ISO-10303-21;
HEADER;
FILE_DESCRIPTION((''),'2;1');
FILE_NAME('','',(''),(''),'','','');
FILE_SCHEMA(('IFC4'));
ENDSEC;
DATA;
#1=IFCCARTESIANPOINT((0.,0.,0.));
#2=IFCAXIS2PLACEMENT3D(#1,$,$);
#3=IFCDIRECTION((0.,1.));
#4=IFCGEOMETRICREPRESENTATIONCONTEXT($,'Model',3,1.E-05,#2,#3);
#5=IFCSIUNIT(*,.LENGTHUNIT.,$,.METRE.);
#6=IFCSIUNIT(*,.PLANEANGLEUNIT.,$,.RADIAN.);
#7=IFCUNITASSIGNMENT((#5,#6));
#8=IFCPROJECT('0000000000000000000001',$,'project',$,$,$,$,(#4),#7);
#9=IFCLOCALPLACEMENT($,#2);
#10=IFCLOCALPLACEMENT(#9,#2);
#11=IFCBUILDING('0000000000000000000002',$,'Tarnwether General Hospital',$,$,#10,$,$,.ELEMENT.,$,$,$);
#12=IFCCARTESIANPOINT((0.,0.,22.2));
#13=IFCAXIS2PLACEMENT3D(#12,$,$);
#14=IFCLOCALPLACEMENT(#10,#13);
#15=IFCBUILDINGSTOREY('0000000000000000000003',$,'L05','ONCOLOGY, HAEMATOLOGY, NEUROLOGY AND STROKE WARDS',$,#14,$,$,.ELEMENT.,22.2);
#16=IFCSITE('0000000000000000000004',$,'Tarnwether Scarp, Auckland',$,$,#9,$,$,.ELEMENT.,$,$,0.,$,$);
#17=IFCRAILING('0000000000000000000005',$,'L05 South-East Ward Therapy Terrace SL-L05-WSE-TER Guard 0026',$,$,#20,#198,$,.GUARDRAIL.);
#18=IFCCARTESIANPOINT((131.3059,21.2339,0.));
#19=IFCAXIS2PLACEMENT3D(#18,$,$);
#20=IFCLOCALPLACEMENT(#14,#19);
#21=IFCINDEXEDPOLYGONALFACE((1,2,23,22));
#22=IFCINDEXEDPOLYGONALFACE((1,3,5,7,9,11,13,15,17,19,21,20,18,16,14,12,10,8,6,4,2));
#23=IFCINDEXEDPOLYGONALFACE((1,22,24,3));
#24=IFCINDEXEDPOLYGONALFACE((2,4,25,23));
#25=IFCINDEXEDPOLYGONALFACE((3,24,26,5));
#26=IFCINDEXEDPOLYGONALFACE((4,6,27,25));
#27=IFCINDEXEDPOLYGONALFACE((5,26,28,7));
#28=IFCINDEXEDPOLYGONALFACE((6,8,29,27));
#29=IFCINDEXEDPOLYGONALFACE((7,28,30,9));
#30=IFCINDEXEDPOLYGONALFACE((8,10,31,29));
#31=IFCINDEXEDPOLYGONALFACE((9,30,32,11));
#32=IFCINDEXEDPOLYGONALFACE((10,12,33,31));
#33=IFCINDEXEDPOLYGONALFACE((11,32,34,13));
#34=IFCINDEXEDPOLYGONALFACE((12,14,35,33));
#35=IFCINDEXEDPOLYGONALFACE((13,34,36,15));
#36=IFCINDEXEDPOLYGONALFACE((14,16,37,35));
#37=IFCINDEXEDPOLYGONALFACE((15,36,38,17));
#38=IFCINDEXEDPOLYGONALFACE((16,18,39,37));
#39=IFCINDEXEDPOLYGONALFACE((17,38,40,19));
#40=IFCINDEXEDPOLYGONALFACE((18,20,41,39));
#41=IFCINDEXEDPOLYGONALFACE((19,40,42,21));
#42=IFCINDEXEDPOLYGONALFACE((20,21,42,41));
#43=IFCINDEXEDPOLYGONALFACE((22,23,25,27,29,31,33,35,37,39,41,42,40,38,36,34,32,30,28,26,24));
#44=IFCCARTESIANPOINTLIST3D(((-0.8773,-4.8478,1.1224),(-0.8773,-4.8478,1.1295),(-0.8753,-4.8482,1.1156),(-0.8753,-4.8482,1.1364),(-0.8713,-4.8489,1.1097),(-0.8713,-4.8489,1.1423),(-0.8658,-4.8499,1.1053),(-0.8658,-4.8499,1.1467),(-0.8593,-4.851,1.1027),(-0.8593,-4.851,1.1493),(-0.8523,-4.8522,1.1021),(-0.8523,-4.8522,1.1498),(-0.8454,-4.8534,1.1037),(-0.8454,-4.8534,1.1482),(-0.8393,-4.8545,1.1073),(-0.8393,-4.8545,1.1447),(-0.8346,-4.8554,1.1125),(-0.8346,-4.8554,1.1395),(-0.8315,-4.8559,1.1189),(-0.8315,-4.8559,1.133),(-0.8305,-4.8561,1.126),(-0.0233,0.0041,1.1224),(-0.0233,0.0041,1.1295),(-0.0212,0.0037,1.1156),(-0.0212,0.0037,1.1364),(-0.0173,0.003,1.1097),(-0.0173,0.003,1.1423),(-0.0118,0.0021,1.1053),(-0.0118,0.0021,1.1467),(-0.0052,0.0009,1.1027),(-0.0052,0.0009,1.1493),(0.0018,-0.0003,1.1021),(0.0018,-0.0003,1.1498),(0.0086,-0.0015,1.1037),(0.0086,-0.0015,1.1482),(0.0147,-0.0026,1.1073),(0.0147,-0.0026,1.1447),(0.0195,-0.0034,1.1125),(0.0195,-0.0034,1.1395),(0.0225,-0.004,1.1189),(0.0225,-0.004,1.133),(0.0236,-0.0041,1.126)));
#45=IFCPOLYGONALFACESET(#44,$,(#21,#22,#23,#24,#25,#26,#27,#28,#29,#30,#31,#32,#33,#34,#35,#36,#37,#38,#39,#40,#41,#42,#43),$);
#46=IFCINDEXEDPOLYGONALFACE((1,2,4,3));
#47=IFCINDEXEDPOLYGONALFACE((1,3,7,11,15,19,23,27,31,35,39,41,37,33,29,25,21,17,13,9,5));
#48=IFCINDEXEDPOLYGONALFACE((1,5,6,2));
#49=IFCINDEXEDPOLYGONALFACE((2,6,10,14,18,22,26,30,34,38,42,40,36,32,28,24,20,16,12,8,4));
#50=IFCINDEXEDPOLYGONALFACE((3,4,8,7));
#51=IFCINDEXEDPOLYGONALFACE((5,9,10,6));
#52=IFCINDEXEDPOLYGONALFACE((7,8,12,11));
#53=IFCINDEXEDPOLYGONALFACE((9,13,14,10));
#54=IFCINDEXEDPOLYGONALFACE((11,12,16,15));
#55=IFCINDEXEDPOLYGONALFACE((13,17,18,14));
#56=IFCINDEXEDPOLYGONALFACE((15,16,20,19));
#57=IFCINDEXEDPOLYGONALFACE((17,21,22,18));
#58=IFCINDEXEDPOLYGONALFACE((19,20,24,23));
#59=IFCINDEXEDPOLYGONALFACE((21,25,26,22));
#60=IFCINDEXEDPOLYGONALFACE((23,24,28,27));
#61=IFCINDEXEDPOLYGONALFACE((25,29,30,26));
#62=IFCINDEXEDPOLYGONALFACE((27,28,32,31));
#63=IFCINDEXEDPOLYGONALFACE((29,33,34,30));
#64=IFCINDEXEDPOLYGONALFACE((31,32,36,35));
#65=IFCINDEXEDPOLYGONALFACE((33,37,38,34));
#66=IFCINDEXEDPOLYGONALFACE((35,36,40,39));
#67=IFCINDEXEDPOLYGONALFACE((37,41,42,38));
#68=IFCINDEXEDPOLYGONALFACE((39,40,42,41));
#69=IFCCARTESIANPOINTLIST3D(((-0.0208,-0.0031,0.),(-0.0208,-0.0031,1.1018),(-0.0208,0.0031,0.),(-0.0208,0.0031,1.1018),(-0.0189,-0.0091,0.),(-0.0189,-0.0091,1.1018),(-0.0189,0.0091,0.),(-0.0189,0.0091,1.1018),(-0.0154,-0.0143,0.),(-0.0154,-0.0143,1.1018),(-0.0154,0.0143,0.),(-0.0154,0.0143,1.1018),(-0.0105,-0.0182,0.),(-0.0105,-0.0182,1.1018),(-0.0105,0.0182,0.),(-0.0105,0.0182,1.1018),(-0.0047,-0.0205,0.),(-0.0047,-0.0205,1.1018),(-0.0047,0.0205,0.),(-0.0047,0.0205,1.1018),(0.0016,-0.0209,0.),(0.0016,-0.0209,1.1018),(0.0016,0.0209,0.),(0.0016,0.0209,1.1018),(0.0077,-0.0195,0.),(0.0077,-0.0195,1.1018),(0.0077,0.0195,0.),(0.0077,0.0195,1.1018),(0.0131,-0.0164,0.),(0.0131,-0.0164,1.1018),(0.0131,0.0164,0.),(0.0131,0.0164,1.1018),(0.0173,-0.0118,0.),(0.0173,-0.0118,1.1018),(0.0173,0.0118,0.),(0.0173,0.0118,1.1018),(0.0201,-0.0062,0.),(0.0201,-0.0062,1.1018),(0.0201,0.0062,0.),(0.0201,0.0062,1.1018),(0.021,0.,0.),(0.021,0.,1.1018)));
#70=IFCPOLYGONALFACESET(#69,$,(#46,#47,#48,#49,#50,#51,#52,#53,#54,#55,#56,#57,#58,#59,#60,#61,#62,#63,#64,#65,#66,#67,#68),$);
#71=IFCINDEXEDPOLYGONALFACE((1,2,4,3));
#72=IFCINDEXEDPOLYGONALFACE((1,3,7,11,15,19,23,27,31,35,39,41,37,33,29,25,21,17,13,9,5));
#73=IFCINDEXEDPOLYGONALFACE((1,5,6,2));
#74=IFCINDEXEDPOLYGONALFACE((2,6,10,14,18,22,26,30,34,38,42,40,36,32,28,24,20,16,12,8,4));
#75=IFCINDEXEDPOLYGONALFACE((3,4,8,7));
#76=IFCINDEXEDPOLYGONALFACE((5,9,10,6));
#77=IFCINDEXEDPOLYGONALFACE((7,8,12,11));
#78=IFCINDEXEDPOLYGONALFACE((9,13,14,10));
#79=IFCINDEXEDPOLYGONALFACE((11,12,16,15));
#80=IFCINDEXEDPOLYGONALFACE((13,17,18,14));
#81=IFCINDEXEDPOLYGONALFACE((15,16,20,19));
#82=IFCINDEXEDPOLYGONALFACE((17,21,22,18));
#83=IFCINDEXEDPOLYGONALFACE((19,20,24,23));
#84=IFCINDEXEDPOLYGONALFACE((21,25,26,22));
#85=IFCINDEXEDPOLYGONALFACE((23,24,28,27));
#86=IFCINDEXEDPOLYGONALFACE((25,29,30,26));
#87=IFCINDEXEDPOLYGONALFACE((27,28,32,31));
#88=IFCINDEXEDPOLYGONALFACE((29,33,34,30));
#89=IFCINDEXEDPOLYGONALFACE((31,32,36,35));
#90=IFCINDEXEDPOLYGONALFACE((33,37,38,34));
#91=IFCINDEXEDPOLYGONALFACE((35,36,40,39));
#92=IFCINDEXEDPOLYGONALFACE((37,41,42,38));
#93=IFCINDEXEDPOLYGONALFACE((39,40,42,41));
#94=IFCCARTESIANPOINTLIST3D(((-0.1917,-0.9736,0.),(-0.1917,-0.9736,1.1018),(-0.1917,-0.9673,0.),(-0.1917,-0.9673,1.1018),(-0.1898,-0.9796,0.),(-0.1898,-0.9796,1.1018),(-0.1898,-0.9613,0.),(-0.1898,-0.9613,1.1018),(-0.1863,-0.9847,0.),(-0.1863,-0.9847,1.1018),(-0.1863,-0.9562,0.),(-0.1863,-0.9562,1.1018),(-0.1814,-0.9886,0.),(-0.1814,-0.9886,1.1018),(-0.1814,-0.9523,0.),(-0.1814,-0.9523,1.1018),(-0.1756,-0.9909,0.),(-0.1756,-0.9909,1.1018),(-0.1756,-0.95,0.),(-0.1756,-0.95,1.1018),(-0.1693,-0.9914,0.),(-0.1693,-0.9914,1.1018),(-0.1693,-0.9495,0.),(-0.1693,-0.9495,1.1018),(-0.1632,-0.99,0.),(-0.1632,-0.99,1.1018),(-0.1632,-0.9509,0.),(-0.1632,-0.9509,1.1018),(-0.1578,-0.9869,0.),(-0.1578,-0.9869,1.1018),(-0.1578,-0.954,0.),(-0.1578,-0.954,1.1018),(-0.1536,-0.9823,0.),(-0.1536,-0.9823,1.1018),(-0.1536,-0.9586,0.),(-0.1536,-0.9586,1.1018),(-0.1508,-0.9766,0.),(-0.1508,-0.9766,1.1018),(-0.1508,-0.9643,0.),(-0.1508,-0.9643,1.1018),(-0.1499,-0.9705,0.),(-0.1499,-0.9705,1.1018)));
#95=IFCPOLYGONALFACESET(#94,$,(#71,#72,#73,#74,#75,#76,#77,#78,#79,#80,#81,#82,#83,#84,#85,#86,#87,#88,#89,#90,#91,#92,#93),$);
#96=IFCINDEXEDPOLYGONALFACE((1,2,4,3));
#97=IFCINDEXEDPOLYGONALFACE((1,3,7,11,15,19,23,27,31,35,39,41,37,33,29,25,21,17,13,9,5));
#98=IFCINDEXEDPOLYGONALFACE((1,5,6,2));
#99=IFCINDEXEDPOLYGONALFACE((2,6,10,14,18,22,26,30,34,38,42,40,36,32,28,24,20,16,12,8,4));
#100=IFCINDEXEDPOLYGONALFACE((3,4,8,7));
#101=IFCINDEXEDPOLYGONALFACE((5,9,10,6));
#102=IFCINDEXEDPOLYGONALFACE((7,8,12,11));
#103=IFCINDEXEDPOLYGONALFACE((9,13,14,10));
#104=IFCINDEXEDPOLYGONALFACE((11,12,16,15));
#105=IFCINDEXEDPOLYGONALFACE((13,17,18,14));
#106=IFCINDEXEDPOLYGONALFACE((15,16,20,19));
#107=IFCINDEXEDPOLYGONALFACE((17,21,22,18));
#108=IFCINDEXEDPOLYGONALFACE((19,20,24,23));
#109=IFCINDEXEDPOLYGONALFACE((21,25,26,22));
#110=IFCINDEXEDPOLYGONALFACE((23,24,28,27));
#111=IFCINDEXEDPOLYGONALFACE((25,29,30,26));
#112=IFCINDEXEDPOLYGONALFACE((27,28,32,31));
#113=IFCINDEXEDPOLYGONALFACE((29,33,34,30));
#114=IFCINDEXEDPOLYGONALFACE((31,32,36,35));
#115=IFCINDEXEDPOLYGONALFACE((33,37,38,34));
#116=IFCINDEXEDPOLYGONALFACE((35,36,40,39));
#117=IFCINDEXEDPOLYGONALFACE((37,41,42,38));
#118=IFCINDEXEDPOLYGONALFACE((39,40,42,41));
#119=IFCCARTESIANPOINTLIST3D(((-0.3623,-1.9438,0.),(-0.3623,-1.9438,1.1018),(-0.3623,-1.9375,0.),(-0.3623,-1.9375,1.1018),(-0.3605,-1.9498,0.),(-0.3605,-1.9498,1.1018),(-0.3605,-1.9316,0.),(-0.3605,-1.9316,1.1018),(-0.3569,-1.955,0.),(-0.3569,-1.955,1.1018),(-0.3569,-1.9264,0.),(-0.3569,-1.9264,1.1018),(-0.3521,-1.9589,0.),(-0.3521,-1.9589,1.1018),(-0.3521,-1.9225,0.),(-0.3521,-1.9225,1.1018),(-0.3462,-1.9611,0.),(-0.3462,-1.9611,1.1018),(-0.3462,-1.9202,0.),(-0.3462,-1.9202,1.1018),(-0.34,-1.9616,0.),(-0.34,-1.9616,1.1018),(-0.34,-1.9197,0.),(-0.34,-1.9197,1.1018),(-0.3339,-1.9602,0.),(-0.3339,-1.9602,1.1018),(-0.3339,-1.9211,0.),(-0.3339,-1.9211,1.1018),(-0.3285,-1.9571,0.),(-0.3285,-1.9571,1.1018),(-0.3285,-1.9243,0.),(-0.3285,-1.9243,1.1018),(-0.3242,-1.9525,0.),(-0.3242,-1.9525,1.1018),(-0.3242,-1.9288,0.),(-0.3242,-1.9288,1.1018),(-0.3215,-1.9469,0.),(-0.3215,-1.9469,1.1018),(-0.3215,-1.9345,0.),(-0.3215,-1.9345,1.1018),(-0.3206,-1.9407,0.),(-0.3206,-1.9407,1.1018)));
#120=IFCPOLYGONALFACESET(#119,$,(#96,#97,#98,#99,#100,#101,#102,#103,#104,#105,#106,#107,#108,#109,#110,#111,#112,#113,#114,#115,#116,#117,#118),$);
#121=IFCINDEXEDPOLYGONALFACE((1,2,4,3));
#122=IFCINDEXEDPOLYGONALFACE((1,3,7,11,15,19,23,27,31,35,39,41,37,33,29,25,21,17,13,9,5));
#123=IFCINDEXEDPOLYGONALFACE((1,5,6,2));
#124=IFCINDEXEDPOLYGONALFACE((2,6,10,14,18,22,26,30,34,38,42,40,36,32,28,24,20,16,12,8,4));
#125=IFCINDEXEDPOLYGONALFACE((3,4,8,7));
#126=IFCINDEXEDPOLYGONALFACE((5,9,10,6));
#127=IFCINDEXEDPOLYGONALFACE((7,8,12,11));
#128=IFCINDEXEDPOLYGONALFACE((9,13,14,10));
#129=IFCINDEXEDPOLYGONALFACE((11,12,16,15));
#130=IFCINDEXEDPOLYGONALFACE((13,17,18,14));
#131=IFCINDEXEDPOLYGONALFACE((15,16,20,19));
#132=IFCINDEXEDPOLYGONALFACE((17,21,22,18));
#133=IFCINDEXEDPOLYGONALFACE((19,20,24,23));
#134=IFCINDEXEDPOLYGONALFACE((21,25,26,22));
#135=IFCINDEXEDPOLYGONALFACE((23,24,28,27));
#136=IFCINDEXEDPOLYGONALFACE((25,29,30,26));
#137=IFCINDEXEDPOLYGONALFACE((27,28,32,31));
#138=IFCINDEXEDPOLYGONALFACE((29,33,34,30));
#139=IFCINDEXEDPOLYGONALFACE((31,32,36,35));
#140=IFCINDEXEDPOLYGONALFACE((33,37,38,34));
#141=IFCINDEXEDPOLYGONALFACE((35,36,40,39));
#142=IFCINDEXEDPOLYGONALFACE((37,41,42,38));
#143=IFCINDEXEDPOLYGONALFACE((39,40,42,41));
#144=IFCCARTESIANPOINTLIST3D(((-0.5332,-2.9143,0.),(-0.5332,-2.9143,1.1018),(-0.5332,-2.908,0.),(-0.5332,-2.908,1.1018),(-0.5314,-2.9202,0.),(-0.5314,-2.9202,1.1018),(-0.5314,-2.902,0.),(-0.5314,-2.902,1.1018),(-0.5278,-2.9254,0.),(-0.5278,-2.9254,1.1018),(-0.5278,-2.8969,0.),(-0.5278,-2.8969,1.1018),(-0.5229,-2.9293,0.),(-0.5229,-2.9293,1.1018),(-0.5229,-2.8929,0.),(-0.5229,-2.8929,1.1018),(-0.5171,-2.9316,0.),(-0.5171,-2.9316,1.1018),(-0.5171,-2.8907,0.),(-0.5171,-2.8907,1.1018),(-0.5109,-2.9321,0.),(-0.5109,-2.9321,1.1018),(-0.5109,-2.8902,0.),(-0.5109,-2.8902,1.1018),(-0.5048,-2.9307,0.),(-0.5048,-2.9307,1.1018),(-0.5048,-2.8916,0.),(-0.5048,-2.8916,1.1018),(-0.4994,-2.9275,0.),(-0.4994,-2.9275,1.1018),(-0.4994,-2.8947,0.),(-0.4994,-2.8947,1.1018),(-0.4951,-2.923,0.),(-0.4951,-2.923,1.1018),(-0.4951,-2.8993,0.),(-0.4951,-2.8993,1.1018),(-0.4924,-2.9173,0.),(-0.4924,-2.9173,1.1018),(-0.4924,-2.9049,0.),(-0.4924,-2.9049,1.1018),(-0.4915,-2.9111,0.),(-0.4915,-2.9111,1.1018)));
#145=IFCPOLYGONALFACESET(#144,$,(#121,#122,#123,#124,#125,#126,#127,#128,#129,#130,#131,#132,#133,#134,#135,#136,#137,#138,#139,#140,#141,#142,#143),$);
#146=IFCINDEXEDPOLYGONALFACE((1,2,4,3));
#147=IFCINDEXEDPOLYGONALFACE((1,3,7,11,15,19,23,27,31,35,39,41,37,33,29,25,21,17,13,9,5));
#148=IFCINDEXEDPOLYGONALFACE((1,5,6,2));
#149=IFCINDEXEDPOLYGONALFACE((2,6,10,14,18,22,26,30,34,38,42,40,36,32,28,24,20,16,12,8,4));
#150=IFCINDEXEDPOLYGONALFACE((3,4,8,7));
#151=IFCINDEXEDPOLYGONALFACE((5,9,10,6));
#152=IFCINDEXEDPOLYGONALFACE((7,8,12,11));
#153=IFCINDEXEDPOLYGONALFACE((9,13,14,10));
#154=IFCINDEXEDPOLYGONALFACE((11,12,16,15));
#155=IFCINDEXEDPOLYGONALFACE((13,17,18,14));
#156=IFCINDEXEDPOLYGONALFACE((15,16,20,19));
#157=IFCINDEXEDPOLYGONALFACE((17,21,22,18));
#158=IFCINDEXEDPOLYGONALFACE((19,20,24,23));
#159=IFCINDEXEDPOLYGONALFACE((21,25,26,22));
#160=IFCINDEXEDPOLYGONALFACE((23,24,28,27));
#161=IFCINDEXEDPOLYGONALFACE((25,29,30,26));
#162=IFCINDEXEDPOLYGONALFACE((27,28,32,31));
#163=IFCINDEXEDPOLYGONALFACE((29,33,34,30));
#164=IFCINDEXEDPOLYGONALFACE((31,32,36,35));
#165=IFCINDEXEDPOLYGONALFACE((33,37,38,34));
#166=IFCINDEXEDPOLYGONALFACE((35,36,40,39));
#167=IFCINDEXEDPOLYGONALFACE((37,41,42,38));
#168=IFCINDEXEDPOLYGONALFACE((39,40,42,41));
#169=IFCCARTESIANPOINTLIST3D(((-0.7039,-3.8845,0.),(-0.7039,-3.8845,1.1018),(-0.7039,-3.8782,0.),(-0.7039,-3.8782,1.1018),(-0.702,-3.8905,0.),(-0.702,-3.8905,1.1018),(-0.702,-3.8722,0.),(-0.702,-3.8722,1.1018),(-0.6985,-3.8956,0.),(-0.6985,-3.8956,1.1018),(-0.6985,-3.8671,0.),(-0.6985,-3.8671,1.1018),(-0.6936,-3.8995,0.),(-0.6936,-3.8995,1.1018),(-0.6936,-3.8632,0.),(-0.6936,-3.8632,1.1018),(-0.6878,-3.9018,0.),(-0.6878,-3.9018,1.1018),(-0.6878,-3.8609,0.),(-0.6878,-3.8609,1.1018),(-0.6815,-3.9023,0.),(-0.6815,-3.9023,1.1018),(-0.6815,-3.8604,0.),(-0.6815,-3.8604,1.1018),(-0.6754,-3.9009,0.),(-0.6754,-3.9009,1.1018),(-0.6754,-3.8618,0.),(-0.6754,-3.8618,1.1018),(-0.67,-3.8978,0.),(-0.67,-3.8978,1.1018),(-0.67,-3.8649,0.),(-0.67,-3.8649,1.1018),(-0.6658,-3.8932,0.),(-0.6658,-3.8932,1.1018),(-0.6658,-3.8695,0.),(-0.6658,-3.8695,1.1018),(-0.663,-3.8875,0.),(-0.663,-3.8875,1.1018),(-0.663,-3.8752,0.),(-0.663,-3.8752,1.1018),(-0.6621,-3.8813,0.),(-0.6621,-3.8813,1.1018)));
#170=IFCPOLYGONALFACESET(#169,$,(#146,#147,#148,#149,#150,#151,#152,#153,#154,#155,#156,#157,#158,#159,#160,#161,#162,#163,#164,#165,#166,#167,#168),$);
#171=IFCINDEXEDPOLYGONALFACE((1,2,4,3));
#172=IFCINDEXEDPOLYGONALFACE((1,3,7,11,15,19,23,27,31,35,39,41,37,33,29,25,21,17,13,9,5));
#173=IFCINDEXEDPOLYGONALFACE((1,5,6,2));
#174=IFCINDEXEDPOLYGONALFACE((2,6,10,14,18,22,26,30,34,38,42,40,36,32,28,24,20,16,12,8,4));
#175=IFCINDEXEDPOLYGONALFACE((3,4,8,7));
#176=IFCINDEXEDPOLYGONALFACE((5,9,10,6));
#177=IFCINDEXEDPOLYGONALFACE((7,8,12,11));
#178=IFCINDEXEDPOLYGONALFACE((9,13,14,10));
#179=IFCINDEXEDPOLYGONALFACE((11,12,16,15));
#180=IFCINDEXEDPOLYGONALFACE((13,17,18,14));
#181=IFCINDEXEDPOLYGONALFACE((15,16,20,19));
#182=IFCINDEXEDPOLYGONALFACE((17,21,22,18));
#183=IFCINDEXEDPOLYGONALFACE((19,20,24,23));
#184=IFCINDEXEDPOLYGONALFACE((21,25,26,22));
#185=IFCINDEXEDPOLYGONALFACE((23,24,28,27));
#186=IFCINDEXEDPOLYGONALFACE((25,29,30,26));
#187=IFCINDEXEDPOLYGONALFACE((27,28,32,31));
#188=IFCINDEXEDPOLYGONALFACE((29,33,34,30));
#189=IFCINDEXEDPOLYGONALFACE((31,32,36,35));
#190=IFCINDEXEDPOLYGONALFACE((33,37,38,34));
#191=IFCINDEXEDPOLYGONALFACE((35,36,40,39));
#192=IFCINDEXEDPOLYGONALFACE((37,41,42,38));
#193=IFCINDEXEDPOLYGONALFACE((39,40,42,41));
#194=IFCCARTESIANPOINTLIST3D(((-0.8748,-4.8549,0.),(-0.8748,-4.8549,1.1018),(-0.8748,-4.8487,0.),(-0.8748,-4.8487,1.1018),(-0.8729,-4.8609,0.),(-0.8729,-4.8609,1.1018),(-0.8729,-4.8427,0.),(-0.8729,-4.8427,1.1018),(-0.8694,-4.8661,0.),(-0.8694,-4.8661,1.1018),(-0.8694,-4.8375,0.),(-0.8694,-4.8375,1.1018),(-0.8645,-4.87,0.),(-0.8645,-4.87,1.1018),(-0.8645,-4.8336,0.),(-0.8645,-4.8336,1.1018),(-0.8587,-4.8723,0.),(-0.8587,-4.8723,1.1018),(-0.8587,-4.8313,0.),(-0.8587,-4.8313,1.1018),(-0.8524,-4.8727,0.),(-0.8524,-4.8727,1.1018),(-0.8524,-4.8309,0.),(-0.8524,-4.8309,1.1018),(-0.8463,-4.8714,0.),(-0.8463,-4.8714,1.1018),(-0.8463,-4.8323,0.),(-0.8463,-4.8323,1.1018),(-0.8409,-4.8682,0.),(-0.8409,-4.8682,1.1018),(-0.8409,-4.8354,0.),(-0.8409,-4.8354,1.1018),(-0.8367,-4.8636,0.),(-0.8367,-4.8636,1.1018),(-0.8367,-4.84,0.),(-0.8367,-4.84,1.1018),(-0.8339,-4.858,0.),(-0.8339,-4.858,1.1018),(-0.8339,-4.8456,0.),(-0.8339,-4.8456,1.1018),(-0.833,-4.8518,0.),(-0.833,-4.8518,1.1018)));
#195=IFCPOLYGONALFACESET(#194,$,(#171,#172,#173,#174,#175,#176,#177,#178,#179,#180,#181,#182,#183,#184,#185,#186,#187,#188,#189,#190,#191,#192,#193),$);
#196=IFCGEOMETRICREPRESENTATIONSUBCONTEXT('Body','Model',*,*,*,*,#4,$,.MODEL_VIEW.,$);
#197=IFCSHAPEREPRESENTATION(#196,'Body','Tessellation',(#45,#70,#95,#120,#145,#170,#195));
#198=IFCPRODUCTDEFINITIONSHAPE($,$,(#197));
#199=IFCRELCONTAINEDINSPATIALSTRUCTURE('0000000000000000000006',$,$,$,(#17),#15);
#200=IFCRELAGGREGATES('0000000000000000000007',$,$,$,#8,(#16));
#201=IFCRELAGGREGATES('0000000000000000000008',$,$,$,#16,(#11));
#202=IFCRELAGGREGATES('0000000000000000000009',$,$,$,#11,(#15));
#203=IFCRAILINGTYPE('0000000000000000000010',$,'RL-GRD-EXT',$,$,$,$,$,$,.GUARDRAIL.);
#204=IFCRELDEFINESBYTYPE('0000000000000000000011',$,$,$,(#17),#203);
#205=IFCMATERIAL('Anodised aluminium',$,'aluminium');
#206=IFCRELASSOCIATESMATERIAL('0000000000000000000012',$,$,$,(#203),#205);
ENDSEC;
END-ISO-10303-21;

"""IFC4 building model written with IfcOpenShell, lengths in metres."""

from ifc_helpers import new_model, si_unit, direction, frame, origin, origin_2d, place, context, subcontext, project, spatial, circle, extrude, material, type_object, element, save


model = new_model("IFC4")

# Units and contexts
model_context = context("Model", 3, precision=1e-05, world=origin(), true_north=direction((0.0, 1.0)))
body_context = subcontext(model_context, "Body", "Model", "MODEL_VIEW")
ifc_project = project(units=[si_unit("LENGTHUNIT", "METRE"), si_unit("PLANEANGLEUNIT", "RADIAN")], contexts=[model_context])

# Site, building, storey
site_placement = place(None, origin())
site = spatial("IfcSite", under=ifc_project, at=site_placement, Name="Tarnwether Scarp, Auckland", CompositionType="ELEMENT", RefElevation=0.0)
building_placement = place(site_placement, origin())
building = spatial("IfcBuilding", under=site, at=building_placement, Name="Tarnwether General Hospital", CompositionType="ELEMENT")
storey_placement = place(building_placement, frame((0.0, 0.0, 22.2)))
storey = spatial("IfcBuildingStorey", under=building, at=storey_placement, Name="L05", Description="ONCOLOGY, HAEMATOLOGY, NEUROLOGY AND STROKE WARDS", CompositionType="ELEMENT", Elevation=22.2)

# Railing
ifc_material_1 = material(Name="Anodised aluminium", Category="aluminium")
railing_type = type_object("IfcRailingType", Name="RL-GRD-EXT", PredefinedType="GUARDRAIL", material=ifc_material_1)
railing_placement = place(storey_placement, frame((131.3059, 21.2339, 0.0)))
element("IfcRailing", 1, at=railing_placement, inside=storey, type_object=railing_type, Name="L05 South-East Ward Therapy Terrace SL-L05-WSE-TER Guard 0026", PredefinedType="GUARDRAIL", context=body_context, shape_type="SweptSolid", body=[
    extrude(circle(Radius=0.0239, at=origin_2d()), frame((0.0, 0.0, 1.126), z_axis=(-0.173353, -0.98486, 0.0), x_axis=(0.98486, -0.173353, 0.0)), (0.0, 0.0, 1.0), 4.9265),
    extrude(circle(Radius=0.021, at=origin_2d()), origin(), (0.0, 0.0, 1.0), 1.1018),
    extrude(circle(Radius=0.021, at=origin_2d()), frame((-0.1709, -0.9705, 0.0)), (0.0, 0.0, 1.0), 1.1018),
    extrude(circle(Radius=0.021, at=origin_2d()), frame((-0.3416, -1.9407, 0.0)), (0.0, 0.0, 1.0), 1.1018),
    extrude(circle(Radius=0.021, at=origin_2d()), frame((-0.5125, -2.9111, 0.0)), (0.0, 0.0, 1.0), 1.1018),
    extrude(circle(Radius=0.021, at=origin_2d()), frame((-0.6831, -3.8813, 0.0)), (0.0, 0.0, 1.0), 1.1018),
    extrude(circle(Radius=0.021, at=origin_2d()), frame((-0.854, -4.8518, 0.0)), (0.0, 0.0, 1.0), 1.1018),
])

save(model, "model.ifc")
